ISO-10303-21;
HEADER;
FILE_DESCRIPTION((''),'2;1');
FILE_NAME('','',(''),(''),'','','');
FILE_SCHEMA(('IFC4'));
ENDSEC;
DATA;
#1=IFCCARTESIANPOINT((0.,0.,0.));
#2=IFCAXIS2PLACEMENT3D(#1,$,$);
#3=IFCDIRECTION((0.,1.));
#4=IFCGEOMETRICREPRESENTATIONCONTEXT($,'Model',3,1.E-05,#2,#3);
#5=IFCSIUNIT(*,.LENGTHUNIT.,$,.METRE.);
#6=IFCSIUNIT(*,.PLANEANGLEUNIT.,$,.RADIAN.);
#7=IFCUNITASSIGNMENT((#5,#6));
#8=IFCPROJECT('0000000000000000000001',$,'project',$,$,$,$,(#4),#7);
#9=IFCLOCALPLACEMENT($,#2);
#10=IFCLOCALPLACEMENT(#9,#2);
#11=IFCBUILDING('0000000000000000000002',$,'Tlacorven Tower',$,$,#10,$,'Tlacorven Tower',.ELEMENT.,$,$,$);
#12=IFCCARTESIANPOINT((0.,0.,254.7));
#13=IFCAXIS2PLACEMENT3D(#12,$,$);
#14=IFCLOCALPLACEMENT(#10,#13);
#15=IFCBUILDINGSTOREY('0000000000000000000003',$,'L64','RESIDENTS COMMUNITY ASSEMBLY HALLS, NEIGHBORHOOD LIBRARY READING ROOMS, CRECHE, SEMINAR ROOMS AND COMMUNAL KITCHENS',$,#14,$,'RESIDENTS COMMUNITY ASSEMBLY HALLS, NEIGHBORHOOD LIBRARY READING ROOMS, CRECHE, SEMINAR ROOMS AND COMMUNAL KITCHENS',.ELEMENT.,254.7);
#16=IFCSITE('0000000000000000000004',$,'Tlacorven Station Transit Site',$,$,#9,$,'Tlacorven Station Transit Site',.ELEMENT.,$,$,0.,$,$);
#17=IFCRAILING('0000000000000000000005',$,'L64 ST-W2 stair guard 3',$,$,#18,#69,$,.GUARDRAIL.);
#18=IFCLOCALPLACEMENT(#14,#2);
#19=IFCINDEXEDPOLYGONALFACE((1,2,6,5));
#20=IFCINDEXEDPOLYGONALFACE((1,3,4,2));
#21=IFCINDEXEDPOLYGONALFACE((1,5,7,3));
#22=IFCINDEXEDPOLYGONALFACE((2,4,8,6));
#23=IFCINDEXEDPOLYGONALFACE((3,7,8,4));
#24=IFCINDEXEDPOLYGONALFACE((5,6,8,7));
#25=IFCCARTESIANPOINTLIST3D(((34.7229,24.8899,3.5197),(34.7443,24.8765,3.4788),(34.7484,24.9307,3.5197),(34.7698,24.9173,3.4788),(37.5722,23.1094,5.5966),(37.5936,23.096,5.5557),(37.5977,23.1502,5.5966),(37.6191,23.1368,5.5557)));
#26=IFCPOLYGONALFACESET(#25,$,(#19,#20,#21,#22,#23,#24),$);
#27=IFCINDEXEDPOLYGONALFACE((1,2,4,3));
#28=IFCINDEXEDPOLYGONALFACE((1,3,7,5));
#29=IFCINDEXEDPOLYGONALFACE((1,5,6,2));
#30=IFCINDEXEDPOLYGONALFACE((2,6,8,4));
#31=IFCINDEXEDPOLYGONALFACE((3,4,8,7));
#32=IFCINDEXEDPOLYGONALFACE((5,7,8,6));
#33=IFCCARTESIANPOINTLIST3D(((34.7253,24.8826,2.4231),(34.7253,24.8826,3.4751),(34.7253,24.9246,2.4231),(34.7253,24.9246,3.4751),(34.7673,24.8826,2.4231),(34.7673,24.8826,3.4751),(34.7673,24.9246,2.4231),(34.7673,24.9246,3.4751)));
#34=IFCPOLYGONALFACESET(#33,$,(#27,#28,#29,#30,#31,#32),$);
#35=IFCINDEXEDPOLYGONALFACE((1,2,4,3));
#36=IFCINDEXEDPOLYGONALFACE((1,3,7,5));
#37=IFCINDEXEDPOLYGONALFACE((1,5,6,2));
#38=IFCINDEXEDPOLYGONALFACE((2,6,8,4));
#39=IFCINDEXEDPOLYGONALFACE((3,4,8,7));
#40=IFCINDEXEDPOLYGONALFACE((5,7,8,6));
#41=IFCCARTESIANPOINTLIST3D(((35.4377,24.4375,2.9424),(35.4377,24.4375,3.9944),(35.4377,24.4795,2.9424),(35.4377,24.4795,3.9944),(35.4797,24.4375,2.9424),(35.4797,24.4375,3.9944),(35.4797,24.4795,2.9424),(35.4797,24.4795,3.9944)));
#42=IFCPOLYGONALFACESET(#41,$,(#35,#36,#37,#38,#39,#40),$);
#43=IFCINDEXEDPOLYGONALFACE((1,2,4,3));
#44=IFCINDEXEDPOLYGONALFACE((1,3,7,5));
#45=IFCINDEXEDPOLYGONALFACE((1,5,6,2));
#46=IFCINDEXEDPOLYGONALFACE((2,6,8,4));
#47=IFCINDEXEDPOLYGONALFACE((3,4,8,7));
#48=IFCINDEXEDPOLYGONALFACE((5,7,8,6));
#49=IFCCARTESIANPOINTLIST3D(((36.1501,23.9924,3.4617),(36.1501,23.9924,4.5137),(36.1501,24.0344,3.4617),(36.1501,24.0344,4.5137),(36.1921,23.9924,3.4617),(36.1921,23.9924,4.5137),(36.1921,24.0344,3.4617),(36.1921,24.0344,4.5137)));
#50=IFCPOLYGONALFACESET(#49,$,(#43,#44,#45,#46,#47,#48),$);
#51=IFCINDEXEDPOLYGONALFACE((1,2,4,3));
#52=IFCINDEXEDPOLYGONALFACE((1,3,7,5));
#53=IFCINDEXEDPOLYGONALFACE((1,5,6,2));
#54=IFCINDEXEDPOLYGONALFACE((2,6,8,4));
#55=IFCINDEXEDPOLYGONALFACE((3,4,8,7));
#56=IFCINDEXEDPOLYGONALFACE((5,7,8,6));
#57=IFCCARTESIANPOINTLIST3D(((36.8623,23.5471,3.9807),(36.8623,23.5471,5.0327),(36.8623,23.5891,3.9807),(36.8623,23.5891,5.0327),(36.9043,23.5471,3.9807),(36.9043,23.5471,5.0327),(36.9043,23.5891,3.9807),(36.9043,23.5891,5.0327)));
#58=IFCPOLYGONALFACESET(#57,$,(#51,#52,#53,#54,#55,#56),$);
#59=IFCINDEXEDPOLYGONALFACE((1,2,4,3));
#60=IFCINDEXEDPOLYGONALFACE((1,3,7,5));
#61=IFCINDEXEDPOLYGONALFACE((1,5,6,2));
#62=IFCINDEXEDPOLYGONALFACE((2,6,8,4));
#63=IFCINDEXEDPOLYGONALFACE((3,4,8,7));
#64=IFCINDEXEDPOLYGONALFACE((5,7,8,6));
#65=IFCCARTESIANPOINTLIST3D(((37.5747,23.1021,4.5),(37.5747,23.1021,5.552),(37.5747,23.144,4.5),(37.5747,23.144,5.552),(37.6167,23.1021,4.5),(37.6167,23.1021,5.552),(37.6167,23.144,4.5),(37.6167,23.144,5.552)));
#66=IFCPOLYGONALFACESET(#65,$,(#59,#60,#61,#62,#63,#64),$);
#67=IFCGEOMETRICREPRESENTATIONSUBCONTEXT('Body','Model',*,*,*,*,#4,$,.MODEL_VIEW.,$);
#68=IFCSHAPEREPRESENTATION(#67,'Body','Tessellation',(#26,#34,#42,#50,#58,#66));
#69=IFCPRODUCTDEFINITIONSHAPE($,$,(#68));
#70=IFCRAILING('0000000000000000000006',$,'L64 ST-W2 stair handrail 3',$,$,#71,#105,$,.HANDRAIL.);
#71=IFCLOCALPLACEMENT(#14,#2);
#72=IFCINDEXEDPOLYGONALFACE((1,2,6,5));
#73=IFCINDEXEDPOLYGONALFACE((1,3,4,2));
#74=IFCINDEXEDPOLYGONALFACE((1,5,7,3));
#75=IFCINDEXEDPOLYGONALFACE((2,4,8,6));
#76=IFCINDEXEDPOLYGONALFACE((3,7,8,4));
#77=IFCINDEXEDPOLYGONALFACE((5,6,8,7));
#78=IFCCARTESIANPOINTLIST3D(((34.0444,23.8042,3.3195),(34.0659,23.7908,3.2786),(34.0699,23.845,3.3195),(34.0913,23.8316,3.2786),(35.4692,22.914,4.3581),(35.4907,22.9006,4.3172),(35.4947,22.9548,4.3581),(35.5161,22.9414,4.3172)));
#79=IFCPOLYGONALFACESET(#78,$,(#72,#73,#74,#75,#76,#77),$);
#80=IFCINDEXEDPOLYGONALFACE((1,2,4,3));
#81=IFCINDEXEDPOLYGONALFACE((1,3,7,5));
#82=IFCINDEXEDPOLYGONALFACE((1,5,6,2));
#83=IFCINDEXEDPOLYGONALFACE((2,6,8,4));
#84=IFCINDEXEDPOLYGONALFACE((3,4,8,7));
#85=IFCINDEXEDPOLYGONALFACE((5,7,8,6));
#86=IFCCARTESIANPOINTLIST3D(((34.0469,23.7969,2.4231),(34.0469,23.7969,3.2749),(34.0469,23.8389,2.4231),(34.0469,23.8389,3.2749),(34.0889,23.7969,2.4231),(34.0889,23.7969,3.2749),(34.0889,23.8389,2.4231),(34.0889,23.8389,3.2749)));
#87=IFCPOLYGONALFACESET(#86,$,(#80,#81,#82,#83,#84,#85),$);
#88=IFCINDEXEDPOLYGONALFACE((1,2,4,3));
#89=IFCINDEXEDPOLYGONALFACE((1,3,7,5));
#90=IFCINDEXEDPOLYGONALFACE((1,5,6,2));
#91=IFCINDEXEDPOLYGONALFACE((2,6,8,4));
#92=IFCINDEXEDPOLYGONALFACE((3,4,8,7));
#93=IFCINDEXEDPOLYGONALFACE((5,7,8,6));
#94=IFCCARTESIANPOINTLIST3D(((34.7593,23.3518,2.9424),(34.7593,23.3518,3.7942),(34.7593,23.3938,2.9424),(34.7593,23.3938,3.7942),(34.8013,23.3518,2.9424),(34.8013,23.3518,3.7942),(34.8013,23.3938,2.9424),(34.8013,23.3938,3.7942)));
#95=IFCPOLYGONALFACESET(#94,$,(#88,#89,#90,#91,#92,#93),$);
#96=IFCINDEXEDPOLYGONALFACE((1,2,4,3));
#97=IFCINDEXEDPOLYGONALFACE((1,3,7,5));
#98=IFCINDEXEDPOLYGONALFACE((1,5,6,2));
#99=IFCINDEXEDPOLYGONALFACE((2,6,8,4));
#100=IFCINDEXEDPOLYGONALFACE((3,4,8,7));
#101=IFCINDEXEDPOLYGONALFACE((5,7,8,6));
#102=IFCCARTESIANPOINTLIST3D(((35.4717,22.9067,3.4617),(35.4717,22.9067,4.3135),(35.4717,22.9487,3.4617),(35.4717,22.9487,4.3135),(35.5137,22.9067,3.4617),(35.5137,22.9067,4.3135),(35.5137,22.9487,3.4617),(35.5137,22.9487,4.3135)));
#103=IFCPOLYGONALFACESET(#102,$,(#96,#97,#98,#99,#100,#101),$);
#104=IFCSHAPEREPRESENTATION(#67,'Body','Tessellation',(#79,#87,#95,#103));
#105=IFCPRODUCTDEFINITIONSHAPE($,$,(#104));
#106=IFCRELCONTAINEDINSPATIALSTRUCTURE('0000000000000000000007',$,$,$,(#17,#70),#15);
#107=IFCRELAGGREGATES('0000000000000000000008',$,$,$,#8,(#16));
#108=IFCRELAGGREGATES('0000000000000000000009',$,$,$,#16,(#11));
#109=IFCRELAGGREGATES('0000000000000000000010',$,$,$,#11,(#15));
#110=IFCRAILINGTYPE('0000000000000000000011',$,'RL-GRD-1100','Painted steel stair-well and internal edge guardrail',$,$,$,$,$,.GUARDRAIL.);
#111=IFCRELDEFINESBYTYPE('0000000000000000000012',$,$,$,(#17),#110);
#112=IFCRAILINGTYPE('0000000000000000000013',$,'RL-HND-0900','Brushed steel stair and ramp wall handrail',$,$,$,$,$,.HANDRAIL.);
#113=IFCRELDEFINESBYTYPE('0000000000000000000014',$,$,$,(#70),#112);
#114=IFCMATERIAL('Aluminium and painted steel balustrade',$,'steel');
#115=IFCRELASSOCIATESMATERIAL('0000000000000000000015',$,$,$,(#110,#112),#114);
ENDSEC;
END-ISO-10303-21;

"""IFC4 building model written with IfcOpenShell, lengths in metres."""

from ifc_helpers import new_model, si_unit, direction, frame, origin, origin_2d, place, context, subcontext, project, spatial, rectangle, extrude, source, transform, mapped, material, type_object, element, save


model = new_model("IFC4")

# Units and contexts
model_context = context("Model", 3, precision=1e-05, world=origin(), true_north=direction((0.0, 1.0)))
body_context = subcontext(model_context, "Body", "Model", "MODEL_VIEW")
ifc_project = project(units=[si_unit("LENGTHUNIT", "METRE"), si_unit("PLANEANGLEUNIT", "RADIAN")], contexts=[model_context])

# Site, building, storey
site_placement = place(None, origin())
site = spatial("IfcSite", under=ifc_project, at=site_placement, Name="Tlacorven Station Transit Site", LongName="Tlacorven Station Transit Site", CompositionType="ELEMENT", RefElevation=0.0)
building_placement = place(site_placement, origin())
building = spatial("IfcBuilding", under=site, at=building_placement, Name="Tlacorven Tower", LongName="Tlacorven Tower", CompositionType="ELEMENT")
storey_placement = place(building_placement, frame((0.0, 0.0, 254.7)))
storey = spatial("IfcBuildingStorey", under=building, at=storey_placement, Name="L64", Description="RESIDENTS COMMUNITY ASSEMBLY HALLS, NEIGHBORHOOD LIBRARY READING ROOMS, CRECHE, SEMINAR ROOMS AND COMMUNAL KITCHENS", LongName="RESIDENTS COMMUNITY ASSEMBLY HALLS, NEIGHBORHOOD LIBRARY READING ROOMS, CRECHE, SEMINAR ROOMS AND COMMUNAL KITCHENS", CompositionType="ELEMENT", Elevation=254.7)

# Railings
ifc_material_1 = material(Name="Aluminium and painted steel balustrade", Category="steel")
railing_type_1 = type_object("IfcRailingType", Name="RL-GRD-1100", Description="Painted steel stair-well and internal edge guardrail", PredefinedType="GUARDRAIL", material=ifc_material_1)
railing_type_2 = type_object("IfcRailingType", Name="RL-HND-0900", Description="Brushed steel stair and ramp wall handrail", PredefinedType="HANDRAIL", material=ifc_material_1)
shared_shape_1 = source(origin(), body_context, "Body", "SweptSolid", [
    extrude(rectangle(XDim=0.0481, YDim=0.0481, at=origin_2d()), frame((0.0, 0.0, 1.0762), z_axis=(0.721355, -0.450762, 0.525796), x_axis=(0.529927, 0.848043, 0.0)), (0.0, 0.0, 1.0), 3.95),
    extrude(rectangle(XDim=0.042, YDim=0.042, at=origin_2d()), origin(), (0.0, 0.0, 1.0), 1.052),
    extrude(rectangle(XDim=0.042, YDim=0.042, at=origin_2d()), frame((0.7124, -0.4451, 0.5193)), (0.0, 0.0, 1.0), 1.052),
    extrude(rectangle(XDim=0.042, YDim=0.042, at=origin_2d()), frame((1.4248, -0.8901, 1.0386)), (0.0, 0.0, 1.0), 1.052),
    extrude(rectangle(XDim=0.042, YDim=0.042, at=origin_2d()), frame((2.137, -1.3354, 1.5576)), (0.0, 0.0, 1.0), 1.052),
    extrude(rectangle(XDim=0.042, YDim=0.042, at=origin_2d()), frame((2.8494, -1.7805, 2.0769)), (0.0, 0.0, 1.0), 1.052),
])
railing_1_placement = place(storey_placement, frame((34.7463, 24.9036, 2.4231)))
element("IfcRailing", 1, at=railing_1_placement, inside=storey, type_object=railing_type_1, Name="L64 ST-W2 stair guard 3", PredefinedType="GUARDRAIL", context=body_context, shape_type="MappedRepresentation", body=[
    mapped(shared_shape_1, transform((0.0, 0.0, 0.0), scale=1.0)),
])
shared_shape_2 = source(origin(), body_context, "Body", "SweptSolid", [
    extrude(rectangle(XDim=0.0481, YDim=0.0481, at=origin_2d()), frame((0.0, 0.0, 0.876), z_axis=(0.721381, -0.450678, 0.525832), x_axis=(0.529842, 0.848096, 0.0)), (0.0, 0.0, 1.0), 1.9751),
    extrude(rectangle(XDim=0.042, YDim=0.042, at=origin_2d()), origin(), (0.0, 0.0, 1.0), 0.8518),
    extrude(rectangle(XDim=0.042, YDim=0.042, at=origin_2d()), frame((0.7124, -0.4451, 0.5193)), (0.0, 0.0, 1.0), 0.8518),
    extrude(rectangle(XDim=0.042, YDim=0.042, at=origin_2d()), frame((1.4248, -0.8901, 1.0386)), (0.0, 0.0, 1.0), 0.8518),
])
railing_2_placement = place(storey_placement, frame((34.0679, 23.8179, 2.4231)))
element("IfcRailing", 2, at=railing_2_placement, inside=storey, type_object=railing_type_2, Name="L64 ST-W2 stair handrail 3", PredefinedType="HANDRAIL", context=body_context, shape_type="MappedRepresentation", body=[
    mapped(shared_shape_2, transform((0.0, 0.0, 0.0), scale=1.0)),
])

save(model, "model.ifc")
